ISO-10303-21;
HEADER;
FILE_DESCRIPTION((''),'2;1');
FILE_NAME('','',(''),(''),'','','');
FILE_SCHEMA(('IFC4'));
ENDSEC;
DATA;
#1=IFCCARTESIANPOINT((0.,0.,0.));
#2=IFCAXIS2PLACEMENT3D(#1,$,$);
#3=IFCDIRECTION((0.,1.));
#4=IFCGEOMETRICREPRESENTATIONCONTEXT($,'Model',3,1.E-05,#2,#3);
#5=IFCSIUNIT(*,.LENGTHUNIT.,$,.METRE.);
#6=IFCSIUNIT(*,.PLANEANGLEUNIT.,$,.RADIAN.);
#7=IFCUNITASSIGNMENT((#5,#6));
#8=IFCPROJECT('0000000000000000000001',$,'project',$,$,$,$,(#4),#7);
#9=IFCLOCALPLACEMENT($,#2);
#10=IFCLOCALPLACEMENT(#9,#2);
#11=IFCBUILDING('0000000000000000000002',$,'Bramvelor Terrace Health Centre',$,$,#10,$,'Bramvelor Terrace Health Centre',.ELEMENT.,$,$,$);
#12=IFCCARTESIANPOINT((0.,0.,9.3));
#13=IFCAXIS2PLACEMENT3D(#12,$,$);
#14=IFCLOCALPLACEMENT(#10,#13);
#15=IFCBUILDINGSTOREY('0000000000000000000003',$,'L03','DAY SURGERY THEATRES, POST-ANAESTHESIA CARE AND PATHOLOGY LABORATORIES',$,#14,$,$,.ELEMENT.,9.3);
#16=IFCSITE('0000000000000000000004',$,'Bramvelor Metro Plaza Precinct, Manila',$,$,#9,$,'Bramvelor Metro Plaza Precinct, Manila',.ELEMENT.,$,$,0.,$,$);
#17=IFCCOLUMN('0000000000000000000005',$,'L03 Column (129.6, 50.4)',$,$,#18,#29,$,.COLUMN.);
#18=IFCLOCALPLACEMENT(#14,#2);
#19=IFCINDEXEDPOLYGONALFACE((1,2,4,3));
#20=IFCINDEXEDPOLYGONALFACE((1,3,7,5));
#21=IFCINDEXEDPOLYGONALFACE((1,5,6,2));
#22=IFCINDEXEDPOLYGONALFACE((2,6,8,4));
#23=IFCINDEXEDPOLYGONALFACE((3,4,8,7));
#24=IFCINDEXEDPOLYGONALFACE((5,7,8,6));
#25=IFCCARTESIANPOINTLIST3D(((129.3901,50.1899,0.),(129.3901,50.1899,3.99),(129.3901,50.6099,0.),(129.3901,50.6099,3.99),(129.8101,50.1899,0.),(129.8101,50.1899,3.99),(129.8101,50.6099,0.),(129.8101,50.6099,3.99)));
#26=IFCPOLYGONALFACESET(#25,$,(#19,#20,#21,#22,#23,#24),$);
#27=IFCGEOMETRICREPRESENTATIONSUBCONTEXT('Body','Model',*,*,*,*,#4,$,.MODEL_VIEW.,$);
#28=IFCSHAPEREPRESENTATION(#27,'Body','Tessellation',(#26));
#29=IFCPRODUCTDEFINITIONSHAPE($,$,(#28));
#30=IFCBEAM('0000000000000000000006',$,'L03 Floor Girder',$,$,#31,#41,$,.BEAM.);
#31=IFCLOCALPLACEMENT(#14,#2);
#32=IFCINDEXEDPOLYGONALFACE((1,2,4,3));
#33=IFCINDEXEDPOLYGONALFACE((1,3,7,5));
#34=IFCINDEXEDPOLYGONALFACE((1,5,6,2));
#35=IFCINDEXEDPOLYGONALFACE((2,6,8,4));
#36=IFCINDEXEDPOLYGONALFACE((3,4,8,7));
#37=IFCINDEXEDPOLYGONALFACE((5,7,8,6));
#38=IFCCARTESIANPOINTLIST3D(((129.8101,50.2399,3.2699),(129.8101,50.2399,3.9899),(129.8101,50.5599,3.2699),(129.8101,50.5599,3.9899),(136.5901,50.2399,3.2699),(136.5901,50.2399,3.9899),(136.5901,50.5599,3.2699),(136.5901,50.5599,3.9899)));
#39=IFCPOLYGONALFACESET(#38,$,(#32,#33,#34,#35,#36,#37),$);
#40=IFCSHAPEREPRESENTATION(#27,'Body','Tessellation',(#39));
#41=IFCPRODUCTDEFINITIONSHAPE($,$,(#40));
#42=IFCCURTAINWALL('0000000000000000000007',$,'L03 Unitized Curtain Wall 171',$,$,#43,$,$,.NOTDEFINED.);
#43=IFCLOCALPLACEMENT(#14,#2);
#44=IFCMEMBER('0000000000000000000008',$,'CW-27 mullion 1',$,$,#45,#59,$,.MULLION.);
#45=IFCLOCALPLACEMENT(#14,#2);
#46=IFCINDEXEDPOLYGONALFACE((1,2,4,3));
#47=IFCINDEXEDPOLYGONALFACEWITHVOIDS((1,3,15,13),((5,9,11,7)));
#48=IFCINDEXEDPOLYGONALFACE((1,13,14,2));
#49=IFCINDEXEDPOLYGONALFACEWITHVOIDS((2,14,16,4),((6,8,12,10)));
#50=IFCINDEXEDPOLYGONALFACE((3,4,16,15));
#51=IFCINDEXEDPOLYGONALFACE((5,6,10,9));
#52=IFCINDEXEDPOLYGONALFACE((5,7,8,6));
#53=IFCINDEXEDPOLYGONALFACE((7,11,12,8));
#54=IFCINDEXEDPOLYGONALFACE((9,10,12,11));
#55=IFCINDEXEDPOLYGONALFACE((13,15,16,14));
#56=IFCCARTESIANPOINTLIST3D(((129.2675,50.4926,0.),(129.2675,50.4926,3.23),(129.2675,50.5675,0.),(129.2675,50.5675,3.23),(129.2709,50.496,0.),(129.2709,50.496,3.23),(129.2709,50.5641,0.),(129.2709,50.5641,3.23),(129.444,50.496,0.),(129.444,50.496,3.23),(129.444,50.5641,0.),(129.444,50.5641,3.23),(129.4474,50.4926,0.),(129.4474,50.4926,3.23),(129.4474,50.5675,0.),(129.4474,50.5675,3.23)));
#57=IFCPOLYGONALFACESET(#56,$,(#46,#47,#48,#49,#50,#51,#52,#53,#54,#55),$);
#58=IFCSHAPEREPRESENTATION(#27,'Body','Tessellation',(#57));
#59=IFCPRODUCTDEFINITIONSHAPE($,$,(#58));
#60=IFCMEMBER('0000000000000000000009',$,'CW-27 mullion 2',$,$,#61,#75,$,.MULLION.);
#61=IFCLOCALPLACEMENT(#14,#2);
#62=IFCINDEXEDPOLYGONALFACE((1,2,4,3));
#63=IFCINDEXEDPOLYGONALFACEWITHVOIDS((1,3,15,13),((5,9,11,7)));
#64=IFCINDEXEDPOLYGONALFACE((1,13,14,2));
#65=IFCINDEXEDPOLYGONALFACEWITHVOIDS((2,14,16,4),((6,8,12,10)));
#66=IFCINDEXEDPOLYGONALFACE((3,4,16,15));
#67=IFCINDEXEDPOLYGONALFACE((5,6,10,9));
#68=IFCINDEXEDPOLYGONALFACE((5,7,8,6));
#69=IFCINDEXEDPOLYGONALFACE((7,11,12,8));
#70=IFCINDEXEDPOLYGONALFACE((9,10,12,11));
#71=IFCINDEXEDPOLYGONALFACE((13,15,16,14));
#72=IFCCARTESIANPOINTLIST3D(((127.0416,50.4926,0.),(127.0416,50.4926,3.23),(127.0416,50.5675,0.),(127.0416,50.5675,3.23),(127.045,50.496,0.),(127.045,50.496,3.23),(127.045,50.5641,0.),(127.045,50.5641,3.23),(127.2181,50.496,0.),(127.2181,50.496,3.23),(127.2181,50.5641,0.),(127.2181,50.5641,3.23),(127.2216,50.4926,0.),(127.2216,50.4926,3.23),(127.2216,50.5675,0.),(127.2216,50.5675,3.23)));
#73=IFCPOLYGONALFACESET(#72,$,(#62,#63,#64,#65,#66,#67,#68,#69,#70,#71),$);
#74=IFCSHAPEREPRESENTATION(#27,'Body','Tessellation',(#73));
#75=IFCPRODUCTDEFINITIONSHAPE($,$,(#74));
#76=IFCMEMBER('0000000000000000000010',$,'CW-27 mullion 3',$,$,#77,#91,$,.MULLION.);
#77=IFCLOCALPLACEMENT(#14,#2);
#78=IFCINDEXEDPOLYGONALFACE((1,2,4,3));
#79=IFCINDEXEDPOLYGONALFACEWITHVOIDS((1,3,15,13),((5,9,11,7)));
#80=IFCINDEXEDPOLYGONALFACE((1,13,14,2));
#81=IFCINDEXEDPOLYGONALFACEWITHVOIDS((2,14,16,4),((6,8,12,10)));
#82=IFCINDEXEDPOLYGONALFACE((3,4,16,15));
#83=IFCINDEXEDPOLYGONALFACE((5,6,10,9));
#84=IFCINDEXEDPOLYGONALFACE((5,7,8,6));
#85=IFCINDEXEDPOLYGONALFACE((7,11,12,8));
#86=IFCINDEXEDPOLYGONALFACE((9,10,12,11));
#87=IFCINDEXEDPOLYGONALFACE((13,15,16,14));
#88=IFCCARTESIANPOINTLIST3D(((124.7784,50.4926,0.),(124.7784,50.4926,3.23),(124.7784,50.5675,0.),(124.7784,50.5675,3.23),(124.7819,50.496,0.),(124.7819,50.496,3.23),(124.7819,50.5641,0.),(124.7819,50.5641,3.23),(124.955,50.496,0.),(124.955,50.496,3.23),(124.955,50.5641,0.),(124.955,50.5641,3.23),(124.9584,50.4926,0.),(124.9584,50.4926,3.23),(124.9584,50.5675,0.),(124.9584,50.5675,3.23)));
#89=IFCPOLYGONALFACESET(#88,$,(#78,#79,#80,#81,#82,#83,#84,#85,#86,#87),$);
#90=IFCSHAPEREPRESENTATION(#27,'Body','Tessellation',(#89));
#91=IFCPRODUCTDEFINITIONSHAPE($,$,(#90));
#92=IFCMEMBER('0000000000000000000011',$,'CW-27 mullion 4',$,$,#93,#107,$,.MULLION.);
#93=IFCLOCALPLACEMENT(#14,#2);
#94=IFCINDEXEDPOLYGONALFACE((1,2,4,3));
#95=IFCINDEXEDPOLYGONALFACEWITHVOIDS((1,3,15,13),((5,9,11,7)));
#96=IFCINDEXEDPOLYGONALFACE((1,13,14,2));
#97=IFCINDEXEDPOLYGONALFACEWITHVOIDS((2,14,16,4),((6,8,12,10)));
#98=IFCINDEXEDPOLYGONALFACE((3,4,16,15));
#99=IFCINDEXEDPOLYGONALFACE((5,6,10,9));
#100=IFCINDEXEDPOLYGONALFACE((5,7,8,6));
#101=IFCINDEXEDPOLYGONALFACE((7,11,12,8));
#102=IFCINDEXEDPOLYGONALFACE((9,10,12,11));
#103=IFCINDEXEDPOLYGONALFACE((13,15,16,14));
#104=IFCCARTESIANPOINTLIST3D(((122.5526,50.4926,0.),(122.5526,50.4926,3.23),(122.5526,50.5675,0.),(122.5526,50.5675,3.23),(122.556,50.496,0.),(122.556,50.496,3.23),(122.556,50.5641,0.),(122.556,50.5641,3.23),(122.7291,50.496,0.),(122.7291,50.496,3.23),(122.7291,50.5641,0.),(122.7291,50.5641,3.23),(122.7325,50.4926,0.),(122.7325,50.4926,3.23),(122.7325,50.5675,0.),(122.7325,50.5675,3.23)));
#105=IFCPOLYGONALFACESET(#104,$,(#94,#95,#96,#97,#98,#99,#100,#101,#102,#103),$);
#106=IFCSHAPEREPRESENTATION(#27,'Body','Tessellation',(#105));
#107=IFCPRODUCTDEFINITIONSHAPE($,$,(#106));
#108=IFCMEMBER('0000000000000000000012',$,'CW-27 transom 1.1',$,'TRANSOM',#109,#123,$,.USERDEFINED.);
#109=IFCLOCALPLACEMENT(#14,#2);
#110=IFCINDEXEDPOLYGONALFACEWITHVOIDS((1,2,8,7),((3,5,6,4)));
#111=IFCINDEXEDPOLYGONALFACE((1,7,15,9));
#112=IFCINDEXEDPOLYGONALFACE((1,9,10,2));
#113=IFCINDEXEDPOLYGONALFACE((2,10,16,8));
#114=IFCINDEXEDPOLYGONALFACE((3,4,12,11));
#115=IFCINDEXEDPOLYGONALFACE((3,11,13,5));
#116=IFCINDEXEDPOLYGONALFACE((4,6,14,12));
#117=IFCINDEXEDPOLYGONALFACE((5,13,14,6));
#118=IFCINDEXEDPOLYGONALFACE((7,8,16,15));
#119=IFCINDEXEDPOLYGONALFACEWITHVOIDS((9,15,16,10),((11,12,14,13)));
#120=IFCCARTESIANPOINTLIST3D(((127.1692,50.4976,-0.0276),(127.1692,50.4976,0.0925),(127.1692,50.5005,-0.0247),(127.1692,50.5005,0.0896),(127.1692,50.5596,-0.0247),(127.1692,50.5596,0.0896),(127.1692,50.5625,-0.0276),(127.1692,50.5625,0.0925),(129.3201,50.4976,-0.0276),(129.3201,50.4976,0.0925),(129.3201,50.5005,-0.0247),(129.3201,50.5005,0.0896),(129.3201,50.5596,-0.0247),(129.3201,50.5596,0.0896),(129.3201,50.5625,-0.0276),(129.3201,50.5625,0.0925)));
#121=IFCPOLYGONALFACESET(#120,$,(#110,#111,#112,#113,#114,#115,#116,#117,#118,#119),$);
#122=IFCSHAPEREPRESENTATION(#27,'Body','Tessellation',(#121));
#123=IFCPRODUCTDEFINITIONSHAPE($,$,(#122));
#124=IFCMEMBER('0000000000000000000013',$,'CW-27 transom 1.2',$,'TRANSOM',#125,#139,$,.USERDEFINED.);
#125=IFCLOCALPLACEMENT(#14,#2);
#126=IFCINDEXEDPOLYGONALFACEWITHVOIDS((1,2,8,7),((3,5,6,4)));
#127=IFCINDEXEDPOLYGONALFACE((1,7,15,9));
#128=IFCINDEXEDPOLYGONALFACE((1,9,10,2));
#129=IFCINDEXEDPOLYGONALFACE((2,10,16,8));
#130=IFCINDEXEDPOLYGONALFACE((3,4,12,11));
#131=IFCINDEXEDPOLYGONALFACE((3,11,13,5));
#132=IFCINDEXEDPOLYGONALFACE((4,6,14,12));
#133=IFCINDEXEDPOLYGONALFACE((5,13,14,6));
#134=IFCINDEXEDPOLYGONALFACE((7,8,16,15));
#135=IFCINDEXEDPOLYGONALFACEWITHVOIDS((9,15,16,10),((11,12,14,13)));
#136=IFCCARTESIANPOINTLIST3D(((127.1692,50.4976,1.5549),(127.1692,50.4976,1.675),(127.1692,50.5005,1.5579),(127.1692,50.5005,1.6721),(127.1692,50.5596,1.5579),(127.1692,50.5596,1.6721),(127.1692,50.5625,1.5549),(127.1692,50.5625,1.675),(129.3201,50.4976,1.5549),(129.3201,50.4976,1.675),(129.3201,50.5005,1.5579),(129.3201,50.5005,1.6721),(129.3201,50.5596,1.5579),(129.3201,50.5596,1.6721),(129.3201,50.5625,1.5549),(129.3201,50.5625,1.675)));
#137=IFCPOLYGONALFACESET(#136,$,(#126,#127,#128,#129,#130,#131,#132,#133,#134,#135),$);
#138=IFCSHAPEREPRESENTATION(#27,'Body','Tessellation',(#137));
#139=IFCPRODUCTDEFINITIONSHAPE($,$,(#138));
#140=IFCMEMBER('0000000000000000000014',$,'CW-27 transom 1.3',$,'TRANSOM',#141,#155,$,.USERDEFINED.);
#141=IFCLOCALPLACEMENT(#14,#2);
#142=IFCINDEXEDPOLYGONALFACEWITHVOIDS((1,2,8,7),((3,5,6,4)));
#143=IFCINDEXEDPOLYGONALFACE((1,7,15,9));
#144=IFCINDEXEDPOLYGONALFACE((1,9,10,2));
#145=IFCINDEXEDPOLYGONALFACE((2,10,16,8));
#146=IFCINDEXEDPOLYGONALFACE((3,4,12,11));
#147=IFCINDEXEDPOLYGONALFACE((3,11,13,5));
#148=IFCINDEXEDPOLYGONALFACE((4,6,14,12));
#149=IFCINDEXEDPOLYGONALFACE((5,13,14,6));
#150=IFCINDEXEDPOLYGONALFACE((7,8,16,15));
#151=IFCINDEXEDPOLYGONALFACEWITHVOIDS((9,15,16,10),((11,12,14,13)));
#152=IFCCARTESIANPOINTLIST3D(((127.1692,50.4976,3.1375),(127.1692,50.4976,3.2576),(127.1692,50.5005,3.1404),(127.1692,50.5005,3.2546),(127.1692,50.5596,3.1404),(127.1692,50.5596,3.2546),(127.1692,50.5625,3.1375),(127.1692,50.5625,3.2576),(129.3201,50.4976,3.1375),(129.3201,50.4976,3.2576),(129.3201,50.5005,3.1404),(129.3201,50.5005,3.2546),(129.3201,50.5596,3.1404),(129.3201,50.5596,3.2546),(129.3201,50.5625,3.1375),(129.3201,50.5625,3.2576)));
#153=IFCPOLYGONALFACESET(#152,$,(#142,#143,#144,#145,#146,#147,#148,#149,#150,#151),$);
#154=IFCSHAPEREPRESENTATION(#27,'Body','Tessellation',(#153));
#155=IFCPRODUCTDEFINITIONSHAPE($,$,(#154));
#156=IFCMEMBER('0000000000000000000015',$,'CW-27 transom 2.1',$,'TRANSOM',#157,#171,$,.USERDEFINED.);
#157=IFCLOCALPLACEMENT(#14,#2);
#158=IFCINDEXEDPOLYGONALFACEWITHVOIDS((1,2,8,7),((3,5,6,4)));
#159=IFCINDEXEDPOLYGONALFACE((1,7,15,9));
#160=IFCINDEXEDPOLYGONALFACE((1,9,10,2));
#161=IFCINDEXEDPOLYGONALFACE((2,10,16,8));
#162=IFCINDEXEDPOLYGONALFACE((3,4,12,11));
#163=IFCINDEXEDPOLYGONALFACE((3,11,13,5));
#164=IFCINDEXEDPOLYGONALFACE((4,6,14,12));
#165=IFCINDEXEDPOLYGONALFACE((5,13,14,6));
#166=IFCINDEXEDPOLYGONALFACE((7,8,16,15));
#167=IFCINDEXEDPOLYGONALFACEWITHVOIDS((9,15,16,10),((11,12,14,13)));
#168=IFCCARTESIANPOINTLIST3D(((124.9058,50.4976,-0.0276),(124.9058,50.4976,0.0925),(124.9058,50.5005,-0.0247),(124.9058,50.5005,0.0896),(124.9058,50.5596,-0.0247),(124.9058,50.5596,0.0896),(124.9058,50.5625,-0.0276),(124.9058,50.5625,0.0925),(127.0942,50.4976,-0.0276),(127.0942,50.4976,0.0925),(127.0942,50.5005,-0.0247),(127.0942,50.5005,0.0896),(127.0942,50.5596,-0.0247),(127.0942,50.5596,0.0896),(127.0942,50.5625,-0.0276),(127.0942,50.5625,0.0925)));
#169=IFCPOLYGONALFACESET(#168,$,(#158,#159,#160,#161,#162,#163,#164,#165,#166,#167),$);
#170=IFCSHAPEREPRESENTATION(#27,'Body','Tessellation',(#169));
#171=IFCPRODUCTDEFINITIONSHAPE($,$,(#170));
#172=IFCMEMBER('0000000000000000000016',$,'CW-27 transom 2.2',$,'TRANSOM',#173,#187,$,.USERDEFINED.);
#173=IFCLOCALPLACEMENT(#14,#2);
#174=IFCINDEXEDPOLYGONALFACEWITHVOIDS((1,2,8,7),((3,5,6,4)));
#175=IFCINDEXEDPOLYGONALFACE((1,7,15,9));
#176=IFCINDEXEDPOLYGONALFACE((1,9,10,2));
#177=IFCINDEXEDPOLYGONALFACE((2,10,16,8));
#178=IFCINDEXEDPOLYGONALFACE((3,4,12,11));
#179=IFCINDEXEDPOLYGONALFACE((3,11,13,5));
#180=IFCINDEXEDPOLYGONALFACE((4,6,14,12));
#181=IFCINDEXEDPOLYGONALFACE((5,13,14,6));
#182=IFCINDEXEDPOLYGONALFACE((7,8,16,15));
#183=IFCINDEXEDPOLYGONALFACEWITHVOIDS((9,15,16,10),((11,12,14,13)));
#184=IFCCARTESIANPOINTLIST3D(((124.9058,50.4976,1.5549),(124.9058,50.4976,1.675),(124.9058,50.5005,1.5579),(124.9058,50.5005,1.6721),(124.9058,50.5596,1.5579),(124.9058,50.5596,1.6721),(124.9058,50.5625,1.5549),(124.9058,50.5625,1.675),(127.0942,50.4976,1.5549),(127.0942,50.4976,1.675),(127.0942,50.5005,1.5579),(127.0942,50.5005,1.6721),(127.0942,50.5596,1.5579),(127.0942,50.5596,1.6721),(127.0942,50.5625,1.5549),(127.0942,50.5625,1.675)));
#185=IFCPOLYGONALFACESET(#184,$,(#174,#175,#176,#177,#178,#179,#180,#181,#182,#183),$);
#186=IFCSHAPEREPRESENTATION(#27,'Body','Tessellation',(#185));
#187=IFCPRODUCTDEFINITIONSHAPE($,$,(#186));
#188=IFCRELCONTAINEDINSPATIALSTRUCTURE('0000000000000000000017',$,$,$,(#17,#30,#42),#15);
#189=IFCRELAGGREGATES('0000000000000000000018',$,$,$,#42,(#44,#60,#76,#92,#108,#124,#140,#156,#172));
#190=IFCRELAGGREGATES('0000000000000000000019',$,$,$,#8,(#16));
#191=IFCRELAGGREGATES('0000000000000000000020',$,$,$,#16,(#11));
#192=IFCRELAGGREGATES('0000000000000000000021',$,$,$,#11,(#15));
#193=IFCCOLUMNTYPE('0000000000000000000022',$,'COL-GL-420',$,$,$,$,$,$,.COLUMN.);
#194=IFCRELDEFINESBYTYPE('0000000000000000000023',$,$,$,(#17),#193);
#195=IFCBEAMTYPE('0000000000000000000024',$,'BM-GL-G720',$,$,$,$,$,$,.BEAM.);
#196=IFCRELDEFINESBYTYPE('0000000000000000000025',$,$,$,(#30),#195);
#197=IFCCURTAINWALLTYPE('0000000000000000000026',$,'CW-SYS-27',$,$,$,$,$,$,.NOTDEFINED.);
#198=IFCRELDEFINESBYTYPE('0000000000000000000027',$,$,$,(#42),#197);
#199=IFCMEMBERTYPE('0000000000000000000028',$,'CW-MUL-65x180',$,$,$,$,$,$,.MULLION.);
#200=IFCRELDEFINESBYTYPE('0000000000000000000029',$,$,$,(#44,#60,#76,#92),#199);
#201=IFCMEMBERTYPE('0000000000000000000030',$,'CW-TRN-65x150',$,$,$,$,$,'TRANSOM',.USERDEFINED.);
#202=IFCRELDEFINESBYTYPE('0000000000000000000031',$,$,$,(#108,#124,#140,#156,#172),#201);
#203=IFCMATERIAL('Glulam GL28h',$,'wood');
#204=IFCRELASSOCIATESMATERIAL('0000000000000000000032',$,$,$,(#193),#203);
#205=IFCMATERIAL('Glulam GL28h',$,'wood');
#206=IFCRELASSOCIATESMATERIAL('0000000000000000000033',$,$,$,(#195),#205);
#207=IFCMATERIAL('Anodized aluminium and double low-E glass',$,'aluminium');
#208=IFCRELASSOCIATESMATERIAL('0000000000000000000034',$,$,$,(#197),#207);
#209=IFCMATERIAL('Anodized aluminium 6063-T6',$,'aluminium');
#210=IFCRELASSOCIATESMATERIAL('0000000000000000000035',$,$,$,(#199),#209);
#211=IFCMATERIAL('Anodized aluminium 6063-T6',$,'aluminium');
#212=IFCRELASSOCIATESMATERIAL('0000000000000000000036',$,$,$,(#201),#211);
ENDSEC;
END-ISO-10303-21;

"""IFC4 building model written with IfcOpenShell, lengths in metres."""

from ifc_helpers import new_model, si_unit, direction, frame, origin, origin_2d, place, context, subcontext, project, spatial, rectangle, hollow_rectangle, extrude, material, material_profile, profile_set, type_object, element, aggregate, save


model = new_model("IFC4")

# Units and contexts
model_context = context("Model", 3, precision=1e-05, world=origin(), true_north=direction((0.0, 1.0)))
body_context = subcontext(model_context, "Body", "Model", "MODEL_VIEW")
ifc_project = project(units=[si_unit("LENGTHUNIT", "METRE"), si_unit("PLANEANGLEUNIT", "RADIAN")], contexts=[model_context])

# Site, building, storey
site_placement = place(None, origin())
site = spatial("IfcSite", under=ifc_project, at=site_placement, Name="Bramvelor Metro Plaza Precinct, Manila", LongName="Bramvelor Metro Plaza Precinct, Manila", CompositionType="ELEMENT", RefElevation=0.0)
building_placement = place(site_placement, origin())
building = spatial("IfcBuilding", under=site, at=building_placement, Name="Bramvelor Terrace Health Centre", LongName="Bramvelor Terrace Health Centre", CompositionType="ELEMENT")
storey_placement = place(building_placement, frame((0.0, 0.0, 9.3)))
storey = spatial("IfcBuildingStorey", under=building, at=storey_placement, Name="L03", Description="DAY SURGERY THEATRES, POST-ANAESTHESIA CARE AND PATHOLOGY LABORATORIES", CompositionType="ELEMENT", Elevation=9.3)

# Column
ifc_material_1 = material(Name="Glulam GL28h", Category="wood")
ifc_material_profile_1 = material_profile(ifc_material_1, rectangle(XDim=0.4199, YDim=0.4199, at=origin_2d()), Name="GL 420x420")
ifc_profile_set_1 = profile_set([ifc_material_profile_1], Name="Glulam GL28h")
column_type = type_object("IfcColumnType", Name="COL-GL-420", PredefinedType="COLUMN", material=ifc_profile_set_1)
column_placement = place(storey_placement, frame((129.6001, 50.3999, 0.0), z_axis=(0.0, 0.0, 1.0), x_axis=(1.0, 0.0, 0.0)))
element("IfcColumn", 1, at=column_placement, inside=storey, type_object=column_type, Name="L03 Column (129.6, 50.4)", PredefinedType="COLUMN", context=body_context, shape_type="SweptSolid", body=[
    extrude(rectangle(XDim=0.4199, YDim=0.4199, at=origin_2d()), origin(), (0.0, 0.0, 1.0), 3.99),
])

# Beam
ifc_material_2 = material(Name="Glulam GL28h", Category="wood")
ifc_material_profile_2 = material_profile(ifc_material_2, rectangle(XDim=0.3201, YDim=0.72, at=origin_2d()), Name="GL 320x720")
ifc_profile_set_2 = profile_set([ifc_material_profile_2], Name="Glulam GL28h")
beam_type = type_object("IfcBeamType", Name="BM-GL-G720", PredefinedType="BEAM", material=ifc_profile_set_2)
beam_placement = place(storey_placement, frame((129.8101, 50.3999, 3.6299), z_axis=(1.0, 0.0, 0.0), x_axis=(0.0, 1.0, 0.0)))
element("IfcBeam", 2, at=beam_placement, inside=storey, type_object=beam_type, Name="L03 Floor Girder", PredefinedType="BEAM", context=body_context, shape_type="SweptSolid", body=[
    extrude(rectangle(XDim=0.3201, YDim=0.72, at=origin_2d()), origin(), (0.0, 0.0, 1.0), 6.78),
])

# Curtain wall, members
ifc_material_3 = material(Name="Anodized aluminium and double low-E glass", Category="aluminium")
curtain_wall_type = type_object("IfcCurtainWallType", Name="CW-SYS-27", PredefinedType="NOTDEFINED", material=ifc_material_3)
curtain_wall_placement = place(storey_placement, origin())
curtain_wall = element("IfcCurtainWall", 3, at=curtain_wall_placement, inside=storey, type_object=curtain_wall_type, Name="L03 Unitized Curtain Wall 171", PredefinedType="NOTDEFINED")
ifc_material_4 = material(Name="Anodized aluminium 6063-T6", Category="aluminium")
ifc_material_profile_3 = material_profile(ifc_material_4, hollow_rectangle(XDim=0.075, YDim=0.1799, WallThickness=0.0034, at=origin_2d()), Name="ALU-MUL 75x180x3.5")
ifc_profile_set_3 = profile_set([ifc_material_profile_3], Name="Anodized aluminium 6063-T6")
member_type_1 = type_object("IfcMemberType", Name="CW-MUL-65x180", PredefinedType="MULLION", material=ifc_profile_set_3)
member_1_placement = place(storey_placement, frame((129.3574, 50.53, 0.0), z_axis=(0.0, 0.0, 1.0), x_axis=(0.0, -1.0, 0.0)))
member_1 = element("IfcMember", 4, at=member_1_placement, type_object=member_type_1, Name="CW-27 mullion 1", PredefinedType="MULLION", context=body_context, shape_type="SweptSolid", body=[
    extrude(hollow_rectangle(XDim=0.075, YDim=0.1799, WallThickness=0.0034, at=origin_2d()), origin(), (0.0, 0.0, 1.0), 3.23),
])
member_2_placement = place(storey_placement, frame((127.1316, 50.53, 0.0), z_axis=(0.0, 0.0, 1.0), x_axis=(0.0, -1.0, 0.0)))
member_2 = element("IfcMember", 5, at=member_2_placement, type_object=member_type_1, Name="CW-27 mullion 2", PredefinedType="MULLION", context=body_context, shape_type="SweptSolid", body=[
    extrude(hollow_rectangle(XDim=0.075, YDim=0.1799, WallThickness=0.0034, at=origin_2d()), origin(), (0.0, 0.0, 1.0), 3.23),
])
member_3_placement = place(storey_placement, frame((124.8684, 50.53, 0.0), z_axis=(0.0, 0.0, 1.0), x_axis=(0.0, -1.0, 0.0)))
member_3 = element("IfcMember", 6, at=member_3_placement, type_object=member_type_1, Name="CW-27 mullion 3", PredefinedType="MULLION", context=body_context, shape_type="SweptSolid", body=[
    extrude(hollow_rectangle(XDim=0.075, YDim=0.1799, WallThickness=0.0034, at=origin_2d()), origin(), (0.0, 0.0, 1.0), 3.23),
])
member_4_placement = place(storey_placement, frame((122.6426, 50.53, 0.0), z_axis=(0.0, 0.0, 1.0), x_axis=(0.0, -1.0, 0.0)))
member_4 = element("IfcMember", 7, at=member_4_placement, type_object=member_type_1, Name="CW-27 mullion 4", PredefinedType="MULLION", context=body_context, shape_type="SweptSolid", body=[
    extrude(hollow_rectangle(XDim=0.075, YDim=0.1799, WallThickness=0.0034, at=origin_2d()), origin(), (0.0, 0.0, 1.0), 3.23),
])
ifc_material_5 = material(Name="Anodized aluminium 6063-T6", Category="aluminium")
ifc_material_profile_4 = material_profile(ifc_material_5, hollow_rectangle(XDim=0.0649, YDim=0.1201, WallThickness=0.0029, at=origin_2d()), Name="ALU-TRN 65x120x3.0")
ifc_profile_set_4 = profile_set([ifc_material_profile_4], Name="Anodized aluminium 6063-T6")
member_type_2 = type_object("IfcMemberType", Name="CW-TRN-65x150", ElementType="TRANSOM", PredefinedType="USERDEFINED", material=ifc_profile_set_4)
member_5_placement = place(storey_placement, frame((129.3201, 50.53, 0.0325), z_axis=(-1.0, 0.0, 0.0), x_axis=(0.0, -1.0, 0.0)))
member_5 = element("IfcMember", 8, at=member_5_placement, type_object=member_type_2, Name="CW-27 transom 1.1", ObjectType="TRANSOM", PredefinedType="USERDEFINED", context=body_context, shape_type="SweptSolid", body=[
    extrude(hollow_rectangle(XDim=0.0649, YDim=0.1201, WallThickness=0.0029, at=origin_2d()), origin(), (0.0, 0.0, 1.0), 2.1509),
])
member_6_placement = place(storey_placement, frame((129.3201, 50.53, 1.615), z_axis=(-1.0, 0.0, 0.0), x_axis=(0.0, -1.0, 0.0)))
member_6 = element("IfcMember", 9, at=member_6_placement, type_object=member_type_2, Name="CW-27 transom 1.2", ObjectType="TRANSOM", PredefinedType="USERDEFINED", context=body_context, shape_type="SweptSolid", body=[
    extrude(hollow_rectangle(XDim=0.0649, YDim=0.1201, WallThickness=0.0029, at=origin_2d()), origin(), (0.0, 0.0, 1.0), 2.1509),
])
member_7_placement = place(storey_placement, frame((129.3201, 50.53, 3.1975), z_axis=(-1.0, 0.0, 0.0), x_axis=(0.0, -1.0, 0.0)))
member_7 = element("IfcMember", 10, at=member_7_placement, type_object=member_type_2, Name="CW-27 transom 1.3", ObjectType="TRANSOM", PredefinedType="USERDEFINED", context=body_context, shape_type="SweptSolid", body=[
    extrude(hollow_rectangle(XDim=0.0649, YDim=0.1201, WallThickness=0.0029, at=origin_2d()), origin(), (0.0, 0.0, 1.0), 2.1509),
])
member_8_placement = place(storey_placement, frame((127.0942, 50.53, 0.0325), z_axis=(-1.0, 0.0, 0.0), x_axis=(0.0, -1.0, 0.0)))
member_8 = element("IfcMember", 11, at=member_8_placement, type_object=member_type_2, Name="CW-27 transom 2.1", ObjectType="TRANSOM", PredefinedType="USERDEFINED", context=body_context, shape_type="SweptSolid", body=[
    extrude(hollow_rectangle(XDim=0.0649, YDim=0.1201, WallThickness=0.0029, at=origin_2d()), origin(), (0.0, 0.0, 1.0), 2.1885),
])
member_9_placement = place(storey_placement, frame((127.0942, 50.53, 1.615), z_axis=(-1.0, 0.0, 0.0), x_axis=(0.0, -1.0, 0.0)))
member_9 = element("IfcMember", 12, at=member_9_placement, type_object=member_type_2, Name="CW-27 transom 2.2", ObjectType="TRANSOM", PredefinedType="USERDEFINED", context=body_context, shape_type="SweptSolid", body=[
    extrude(hollow_rectangle(XDim=0.0649, YDim=0.1201, WallThickness=0.0029, at=origin_2d()), origin(), (0.0, 0.0, 1.0), 2.1885),
])
aggregate(curtain_wall, [member_1, member_2, member_3, member_4, member_5, member_6, member_7, member_8, member_9])

save(model, "model.ifc")
